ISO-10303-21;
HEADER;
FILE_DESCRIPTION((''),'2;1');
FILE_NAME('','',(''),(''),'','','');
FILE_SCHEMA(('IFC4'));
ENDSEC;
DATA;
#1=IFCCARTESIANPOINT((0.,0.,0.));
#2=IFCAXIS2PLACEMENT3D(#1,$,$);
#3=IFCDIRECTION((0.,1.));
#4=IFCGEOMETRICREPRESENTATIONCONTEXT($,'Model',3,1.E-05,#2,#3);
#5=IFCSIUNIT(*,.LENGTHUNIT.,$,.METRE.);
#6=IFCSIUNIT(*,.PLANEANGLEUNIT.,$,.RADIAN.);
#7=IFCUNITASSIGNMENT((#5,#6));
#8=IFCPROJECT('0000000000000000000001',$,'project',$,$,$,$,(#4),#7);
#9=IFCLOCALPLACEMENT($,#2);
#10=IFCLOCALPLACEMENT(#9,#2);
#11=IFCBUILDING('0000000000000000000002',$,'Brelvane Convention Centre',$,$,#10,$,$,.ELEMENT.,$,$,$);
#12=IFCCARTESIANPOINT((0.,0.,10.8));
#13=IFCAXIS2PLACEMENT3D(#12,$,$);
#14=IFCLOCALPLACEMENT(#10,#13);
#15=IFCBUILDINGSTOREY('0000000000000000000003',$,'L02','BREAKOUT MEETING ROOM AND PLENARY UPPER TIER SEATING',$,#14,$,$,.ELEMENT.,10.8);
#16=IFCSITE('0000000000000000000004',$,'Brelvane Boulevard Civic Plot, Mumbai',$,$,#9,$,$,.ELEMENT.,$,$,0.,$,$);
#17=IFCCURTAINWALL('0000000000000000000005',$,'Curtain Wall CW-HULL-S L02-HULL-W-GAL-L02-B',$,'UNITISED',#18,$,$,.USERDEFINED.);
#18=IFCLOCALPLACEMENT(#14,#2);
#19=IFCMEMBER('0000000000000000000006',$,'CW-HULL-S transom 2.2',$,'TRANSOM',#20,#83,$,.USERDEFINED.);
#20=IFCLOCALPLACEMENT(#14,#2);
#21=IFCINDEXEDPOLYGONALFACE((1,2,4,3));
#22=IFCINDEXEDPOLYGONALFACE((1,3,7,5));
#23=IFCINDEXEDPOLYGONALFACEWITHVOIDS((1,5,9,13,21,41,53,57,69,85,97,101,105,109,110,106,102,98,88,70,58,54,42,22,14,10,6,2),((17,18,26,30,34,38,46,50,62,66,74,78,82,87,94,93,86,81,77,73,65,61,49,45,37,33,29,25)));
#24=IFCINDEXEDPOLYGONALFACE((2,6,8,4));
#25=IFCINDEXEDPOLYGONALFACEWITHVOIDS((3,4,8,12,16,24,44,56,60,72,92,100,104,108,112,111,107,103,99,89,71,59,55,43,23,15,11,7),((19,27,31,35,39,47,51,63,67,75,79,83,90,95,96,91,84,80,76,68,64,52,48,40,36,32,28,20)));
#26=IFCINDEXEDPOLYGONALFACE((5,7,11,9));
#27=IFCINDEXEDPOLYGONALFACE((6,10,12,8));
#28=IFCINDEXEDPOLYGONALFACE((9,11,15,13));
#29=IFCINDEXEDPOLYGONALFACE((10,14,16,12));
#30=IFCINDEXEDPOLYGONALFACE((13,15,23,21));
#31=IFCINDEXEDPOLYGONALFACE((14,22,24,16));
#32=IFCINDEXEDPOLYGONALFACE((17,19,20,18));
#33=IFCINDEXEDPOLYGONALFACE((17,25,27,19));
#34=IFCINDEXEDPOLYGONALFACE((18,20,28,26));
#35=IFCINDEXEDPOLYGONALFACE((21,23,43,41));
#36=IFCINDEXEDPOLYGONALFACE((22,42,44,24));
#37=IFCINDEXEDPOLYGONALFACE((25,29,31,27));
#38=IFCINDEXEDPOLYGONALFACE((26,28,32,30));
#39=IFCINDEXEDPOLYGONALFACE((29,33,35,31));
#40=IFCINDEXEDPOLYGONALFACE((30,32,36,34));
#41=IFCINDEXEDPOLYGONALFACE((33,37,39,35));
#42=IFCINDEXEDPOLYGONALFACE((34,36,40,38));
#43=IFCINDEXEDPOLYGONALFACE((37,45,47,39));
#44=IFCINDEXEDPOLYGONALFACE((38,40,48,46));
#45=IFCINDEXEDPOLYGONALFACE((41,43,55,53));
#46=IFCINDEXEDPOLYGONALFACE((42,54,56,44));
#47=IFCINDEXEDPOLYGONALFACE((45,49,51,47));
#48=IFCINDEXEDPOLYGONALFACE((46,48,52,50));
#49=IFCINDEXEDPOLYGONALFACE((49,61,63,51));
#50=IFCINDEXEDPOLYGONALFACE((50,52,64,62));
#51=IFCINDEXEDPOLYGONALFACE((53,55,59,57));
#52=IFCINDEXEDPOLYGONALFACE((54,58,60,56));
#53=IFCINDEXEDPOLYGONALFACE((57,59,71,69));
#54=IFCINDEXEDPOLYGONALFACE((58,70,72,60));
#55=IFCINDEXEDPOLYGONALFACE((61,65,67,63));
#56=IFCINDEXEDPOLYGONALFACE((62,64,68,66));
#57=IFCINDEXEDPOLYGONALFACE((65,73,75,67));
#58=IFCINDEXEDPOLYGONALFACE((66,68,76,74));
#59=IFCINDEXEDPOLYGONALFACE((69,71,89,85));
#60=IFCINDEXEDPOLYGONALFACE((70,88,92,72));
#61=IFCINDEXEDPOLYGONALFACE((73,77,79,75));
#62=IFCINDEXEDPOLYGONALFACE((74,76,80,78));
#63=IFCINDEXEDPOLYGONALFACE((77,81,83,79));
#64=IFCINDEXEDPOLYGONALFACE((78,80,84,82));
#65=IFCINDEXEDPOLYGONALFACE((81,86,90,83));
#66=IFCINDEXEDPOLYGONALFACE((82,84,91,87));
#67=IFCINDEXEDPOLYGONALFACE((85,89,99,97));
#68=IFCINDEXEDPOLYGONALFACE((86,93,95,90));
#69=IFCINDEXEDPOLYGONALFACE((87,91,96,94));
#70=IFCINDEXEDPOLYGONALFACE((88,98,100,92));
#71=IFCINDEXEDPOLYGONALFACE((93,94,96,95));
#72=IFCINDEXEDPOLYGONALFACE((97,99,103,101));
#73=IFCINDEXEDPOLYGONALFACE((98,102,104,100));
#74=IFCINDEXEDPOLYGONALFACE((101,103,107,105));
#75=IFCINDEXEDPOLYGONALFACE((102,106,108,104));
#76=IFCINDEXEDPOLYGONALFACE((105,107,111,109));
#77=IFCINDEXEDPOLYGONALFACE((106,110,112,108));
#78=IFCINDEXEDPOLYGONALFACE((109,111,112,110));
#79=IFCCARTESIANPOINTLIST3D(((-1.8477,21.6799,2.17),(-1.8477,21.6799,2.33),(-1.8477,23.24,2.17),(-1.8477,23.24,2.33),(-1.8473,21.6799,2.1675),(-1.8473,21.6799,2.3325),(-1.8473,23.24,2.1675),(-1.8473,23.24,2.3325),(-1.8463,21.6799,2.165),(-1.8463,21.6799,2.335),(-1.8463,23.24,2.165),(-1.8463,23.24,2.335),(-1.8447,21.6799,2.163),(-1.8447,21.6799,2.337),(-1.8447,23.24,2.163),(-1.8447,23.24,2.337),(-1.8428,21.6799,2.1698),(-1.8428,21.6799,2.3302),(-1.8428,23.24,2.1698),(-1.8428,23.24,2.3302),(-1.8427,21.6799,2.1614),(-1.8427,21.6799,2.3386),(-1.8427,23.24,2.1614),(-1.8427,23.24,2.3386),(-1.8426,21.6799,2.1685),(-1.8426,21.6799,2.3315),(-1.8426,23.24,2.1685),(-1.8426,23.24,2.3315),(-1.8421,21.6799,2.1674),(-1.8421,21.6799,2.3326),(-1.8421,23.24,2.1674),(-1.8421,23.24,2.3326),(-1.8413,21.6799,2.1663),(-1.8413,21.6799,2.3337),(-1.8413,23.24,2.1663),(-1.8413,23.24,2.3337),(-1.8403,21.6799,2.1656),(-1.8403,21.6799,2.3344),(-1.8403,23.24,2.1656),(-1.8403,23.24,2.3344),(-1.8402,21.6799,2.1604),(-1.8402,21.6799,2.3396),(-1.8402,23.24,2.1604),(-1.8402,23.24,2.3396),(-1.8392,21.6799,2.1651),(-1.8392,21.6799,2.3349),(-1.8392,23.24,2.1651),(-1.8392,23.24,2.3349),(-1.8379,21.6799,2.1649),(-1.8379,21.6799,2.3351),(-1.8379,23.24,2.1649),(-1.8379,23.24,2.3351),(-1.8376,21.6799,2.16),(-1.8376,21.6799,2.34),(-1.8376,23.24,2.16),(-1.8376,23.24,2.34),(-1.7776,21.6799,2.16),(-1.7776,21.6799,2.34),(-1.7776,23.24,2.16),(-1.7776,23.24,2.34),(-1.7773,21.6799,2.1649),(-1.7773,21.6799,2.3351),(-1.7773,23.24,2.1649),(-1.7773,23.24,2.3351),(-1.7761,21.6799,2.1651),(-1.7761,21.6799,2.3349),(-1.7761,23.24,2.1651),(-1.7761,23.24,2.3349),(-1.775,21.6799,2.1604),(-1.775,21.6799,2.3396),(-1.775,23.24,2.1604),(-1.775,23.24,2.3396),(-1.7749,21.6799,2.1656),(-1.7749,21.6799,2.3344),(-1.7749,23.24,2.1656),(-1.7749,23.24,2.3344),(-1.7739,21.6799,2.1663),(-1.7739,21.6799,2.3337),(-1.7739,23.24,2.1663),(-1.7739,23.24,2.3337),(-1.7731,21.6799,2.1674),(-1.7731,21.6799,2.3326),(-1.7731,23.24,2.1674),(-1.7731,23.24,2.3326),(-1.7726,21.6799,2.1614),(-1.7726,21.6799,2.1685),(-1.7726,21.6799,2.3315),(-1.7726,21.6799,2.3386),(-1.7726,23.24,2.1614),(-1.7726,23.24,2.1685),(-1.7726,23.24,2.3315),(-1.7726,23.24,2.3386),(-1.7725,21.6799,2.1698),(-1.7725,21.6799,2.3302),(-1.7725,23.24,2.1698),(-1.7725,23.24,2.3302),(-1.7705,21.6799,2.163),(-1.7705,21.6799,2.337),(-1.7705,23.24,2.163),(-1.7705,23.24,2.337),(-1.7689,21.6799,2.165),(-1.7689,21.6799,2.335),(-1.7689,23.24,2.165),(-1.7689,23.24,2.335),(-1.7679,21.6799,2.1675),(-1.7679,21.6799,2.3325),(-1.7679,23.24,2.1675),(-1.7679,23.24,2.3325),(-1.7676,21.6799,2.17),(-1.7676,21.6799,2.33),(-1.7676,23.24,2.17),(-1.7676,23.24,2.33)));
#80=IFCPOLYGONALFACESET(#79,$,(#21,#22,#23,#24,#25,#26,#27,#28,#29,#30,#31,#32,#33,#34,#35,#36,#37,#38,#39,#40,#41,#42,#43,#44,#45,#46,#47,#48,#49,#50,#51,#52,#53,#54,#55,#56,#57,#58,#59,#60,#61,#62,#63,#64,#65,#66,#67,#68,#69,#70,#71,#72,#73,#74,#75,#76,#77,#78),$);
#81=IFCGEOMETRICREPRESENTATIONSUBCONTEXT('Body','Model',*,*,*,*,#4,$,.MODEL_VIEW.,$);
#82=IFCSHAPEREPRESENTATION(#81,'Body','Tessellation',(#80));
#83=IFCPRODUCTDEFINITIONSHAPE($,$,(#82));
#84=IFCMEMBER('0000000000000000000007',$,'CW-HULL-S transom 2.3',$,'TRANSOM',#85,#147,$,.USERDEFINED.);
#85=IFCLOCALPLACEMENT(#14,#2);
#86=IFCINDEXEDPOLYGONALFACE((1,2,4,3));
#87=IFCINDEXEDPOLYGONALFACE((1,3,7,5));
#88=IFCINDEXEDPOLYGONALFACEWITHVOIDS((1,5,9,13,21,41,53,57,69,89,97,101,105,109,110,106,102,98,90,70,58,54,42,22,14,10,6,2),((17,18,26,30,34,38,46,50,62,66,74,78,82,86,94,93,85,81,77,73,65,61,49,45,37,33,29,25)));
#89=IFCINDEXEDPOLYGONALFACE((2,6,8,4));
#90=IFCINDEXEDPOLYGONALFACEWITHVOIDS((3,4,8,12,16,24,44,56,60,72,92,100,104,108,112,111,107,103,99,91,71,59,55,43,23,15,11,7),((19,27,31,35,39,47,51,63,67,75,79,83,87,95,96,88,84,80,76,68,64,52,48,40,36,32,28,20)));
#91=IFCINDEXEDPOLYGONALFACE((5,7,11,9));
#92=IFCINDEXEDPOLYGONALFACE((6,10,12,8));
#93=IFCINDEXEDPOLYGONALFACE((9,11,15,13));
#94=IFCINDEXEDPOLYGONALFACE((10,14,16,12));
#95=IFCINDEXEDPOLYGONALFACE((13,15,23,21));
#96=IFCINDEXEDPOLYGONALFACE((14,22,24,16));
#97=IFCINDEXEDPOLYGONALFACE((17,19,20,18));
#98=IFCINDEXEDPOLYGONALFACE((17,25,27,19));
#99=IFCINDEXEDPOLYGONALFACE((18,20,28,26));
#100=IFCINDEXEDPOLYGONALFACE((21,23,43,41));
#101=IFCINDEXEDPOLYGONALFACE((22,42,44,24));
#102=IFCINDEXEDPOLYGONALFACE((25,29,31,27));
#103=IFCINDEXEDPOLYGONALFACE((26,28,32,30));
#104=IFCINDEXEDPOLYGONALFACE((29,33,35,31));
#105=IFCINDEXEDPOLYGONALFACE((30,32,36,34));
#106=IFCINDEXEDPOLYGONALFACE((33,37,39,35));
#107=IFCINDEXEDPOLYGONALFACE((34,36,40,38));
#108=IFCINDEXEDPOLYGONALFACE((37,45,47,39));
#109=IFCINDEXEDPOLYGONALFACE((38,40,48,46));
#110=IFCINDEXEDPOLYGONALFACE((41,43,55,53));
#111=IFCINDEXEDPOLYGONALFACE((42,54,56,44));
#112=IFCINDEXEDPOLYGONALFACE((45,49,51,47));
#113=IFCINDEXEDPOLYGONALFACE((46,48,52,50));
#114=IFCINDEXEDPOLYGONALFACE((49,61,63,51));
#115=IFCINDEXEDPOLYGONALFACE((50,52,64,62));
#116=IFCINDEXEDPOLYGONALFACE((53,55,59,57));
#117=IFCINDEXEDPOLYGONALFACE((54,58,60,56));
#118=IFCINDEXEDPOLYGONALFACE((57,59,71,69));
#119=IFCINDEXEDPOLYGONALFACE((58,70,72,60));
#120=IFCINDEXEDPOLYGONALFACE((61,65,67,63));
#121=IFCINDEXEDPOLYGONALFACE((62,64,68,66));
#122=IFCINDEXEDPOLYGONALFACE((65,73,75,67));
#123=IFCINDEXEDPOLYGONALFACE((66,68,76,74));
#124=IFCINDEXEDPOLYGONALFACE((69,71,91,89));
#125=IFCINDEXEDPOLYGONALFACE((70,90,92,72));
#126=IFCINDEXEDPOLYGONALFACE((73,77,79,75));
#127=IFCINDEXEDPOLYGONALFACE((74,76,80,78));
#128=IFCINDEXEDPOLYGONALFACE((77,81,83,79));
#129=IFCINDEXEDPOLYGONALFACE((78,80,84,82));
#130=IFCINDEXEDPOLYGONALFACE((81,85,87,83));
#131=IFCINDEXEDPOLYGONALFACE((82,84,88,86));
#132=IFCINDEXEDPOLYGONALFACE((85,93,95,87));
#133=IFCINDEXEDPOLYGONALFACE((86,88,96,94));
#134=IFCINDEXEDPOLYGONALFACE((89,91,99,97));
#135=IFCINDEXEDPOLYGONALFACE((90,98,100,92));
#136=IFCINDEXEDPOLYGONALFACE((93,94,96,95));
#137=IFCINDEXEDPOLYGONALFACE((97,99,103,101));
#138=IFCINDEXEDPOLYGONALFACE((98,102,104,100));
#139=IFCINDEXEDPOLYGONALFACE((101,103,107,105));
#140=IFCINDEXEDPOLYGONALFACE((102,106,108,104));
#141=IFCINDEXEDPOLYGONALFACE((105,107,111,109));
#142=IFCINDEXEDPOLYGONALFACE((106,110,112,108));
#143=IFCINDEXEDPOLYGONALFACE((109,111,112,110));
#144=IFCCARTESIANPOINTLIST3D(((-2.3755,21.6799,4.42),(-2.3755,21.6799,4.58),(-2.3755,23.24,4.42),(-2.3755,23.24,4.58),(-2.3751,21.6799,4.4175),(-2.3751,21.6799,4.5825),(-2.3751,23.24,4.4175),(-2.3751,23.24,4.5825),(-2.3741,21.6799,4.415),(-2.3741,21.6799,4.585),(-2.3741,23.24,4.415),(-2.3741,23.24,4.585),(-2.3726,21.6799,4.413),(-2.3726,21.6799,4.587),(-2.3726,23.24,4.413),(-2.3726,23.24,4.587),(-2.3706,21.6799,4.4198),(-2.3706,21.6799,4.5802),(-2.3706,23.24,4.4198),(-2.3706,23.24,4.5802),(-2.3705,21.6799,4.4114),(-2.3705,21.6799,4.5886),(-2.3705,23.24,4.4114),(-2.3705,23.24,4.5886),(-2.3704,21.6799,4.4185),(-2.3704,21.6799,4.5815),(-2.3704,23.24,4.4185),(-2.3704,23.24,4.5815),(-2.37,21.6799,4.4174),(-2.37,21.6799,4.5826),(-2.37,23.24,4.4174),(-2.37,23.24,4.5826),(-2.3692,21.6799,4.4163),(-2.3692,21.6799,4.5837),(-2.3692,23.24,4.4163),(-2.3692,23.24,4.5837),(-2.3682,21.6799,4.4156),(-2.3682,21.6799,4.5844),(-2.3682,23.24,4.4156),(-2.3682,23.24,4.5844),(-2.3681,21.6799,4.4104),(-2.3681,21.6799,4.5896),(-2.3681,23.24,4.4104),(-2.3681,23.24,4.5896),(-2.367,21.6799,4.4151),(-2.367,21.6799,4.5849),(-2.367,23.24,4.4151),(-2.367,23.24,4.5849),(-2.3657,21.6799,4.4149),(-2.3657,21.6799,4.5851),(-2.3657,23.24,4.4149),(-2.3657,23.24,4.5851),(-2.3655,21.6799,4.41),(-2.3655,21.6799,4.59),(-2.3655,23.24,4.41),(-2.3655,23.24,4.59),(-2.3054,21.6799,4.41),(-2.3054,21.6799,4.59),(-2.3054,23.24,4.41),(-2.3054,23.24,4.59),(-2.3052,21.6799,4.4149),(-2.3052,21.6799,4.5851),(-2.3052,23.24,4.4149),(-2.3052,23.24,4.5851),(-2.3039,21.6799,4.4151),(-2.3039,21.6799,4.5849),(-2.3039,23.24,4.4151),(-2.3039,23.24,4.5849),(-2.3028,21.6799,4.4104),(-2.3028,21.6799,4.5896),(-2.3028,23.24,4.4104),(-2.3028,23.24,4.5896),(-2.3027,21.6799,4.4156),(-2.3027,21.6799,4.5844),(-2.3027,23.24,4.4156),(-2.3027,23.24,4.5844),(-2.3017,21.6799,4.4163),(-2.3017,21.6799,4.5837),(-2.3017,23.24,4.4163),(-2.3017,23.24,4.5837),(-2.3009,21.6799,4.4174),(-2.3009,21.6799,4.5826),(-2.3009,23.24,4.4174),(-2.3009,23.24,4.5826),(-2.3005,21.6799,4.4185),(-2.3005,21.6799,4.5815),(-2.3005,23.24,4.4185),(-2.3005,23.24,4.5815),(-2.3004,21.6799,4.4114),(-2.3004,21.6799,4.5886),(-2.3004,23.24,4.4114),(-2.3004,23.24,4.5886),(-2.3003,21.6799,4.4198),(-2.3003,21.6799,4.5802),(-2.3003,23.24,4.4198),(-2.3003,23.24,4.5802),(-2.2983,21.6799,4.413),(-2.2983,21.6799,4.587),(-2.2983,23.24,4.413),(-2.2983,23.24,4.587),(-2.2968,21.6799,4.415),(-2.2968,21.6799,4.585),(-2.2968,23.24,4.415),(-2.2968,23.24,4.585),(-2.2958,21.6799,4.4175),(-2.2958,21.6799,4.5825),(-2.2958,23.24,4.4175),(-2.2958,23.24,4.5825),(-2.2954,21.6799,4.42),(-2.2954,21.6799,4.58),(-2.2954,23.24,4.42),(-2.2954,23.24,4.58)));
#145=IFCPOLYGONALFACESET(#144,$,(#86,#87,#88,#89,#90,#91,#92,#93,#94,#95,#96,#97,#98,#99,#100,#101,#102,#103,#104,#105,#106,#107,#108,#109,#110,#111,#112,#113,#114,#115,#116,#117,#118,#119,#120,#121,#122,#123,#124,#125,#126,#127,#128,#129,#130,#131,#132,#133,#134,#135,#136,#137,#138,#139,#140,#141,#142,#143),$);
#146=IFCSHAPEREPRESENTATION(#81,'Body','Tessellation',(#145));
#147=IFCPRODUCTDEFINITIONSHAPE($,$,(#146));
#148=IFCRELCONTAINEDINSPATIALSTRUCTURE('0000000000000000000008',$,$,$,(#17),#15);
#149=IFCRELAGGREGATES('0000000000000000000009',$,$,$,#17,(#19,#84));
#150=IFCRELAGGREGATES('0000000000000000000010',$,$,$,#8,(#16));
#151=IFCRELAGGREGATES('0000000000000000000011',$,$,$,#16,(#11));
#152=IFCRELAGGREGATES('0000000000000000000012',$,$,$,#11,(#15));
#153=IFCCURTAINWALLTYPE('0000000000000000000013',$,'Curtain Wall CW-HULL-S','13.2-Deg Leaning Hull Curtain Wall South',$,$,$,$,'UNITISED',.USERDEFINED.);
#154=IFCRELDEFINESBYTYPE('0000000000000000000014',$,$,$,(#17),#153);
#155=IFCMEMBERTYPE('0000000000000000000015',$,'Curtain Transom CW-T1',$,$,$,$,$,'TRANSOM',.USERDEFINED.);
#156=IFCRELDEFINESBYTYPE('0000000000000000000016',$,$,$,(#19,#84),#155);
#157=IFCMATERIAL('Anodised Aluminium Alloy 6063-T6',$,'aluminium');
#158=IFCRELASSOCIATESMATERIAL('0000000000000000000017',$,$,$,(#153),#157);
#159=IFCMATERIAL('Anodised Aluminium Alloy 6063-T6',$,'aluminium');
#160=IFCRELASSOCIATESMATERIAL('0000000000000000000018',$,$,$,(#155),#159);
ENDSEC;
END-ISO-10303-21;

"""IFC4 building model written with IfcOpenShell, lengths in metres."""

from ifc_helpers import new_model, si_unit, direction, frame, origin, origin_2d, place, context, subcontext, project, spatial, hollow_rectangle, extrude, material, material_profile, profile_set, type_object, element, aggregate, save


model = new_model("IFC4")

# Units and contexts
model_context = context("Model", 3, precision=1e-05, world=origin(), true_north=direction((0.0, 1.0)))
body_context = subcontext(model_context, "Body", "Model", "MODEL_VIEW")
ifc_project = project(units=[si_unit("LENGTHUNIT", "METRE"), si_unit("PLANEANGLEUNIT", "RADIAN")], contexts=[model_context])

# Site, building, storey
site_placement = place(None, origin())
site = spatial("IfcSite", under=ifc_project, at=site_placement, Name="Brelvane Boulevard Civic Plot, Mumbai", CompositionType="ELEMENT", RefElevation=0.0)
building_placement = place(site_placement, origin())
building = spatial("IfcBuilding", under=site, at=building_placement, Name="Brelvane Convention Centre", CompositionType="ELEMENT")
storey_placement = place(building_placement, frame((0.0, 0.0, 10.8)))
storey = spatial("IfcBuildingStorey", under=building, at=storey_placement, Name="L02", Description="BREAKOUT MEETING ROOM AND PLENARY UPPER TIER SEATING", CompositionType="ELEMENT", Elevation=10.8)

# Curtain wall, members
ifc_material_1 = material(Name="Anodised Aluminium Alloy 6063-T6", Category="aluminium")
curtain_wall_type = type_object("IfcCurtainWallType", Name="Curtain Wall CW-HULL-S", Description="13.2-Deg Leaning Hull Curtain Wall South", ElementType="UNITISED", PredefinedType="USERDEFINED", material=ifc_material_1)
curtain_wall_placement = place(storey_placement, origin())
curtain_wall = element("IfcCurtainWall", 1, at=curtain_wall_placement, inside=storey, type_object=curtain_wall_type, Name="Curtain Wall CW-HULL-S L02-HULL-W-GAL-L02-B", ObjectType="UNITISED", PredefinedType="USERDEFINED")
ifc_material_2 = material(Name="Anodised Aluminium Alloy 6063-T6", Category="aluminium")
ifc_material_profile = material_profile(ifc_material_2, hollow_rectangle(XDim=0.0801, YDim=0.1799, WallThickness=0.0049, InnerFilletRadius=0.0049, OuterFilletRadius=0.01, at=origin_2d()), Name="ALU-T 180x80x5.0")
ifc_profile_set = profile_set([ifc_material_profile], Name="Anodised Aluminium Alloy 6063-T6")
member_type = type_object("IfcMemberType", Name="Curtain Transom CW-T1", ElementType="TRANSOM", PredefinedType="USERDEFINED", material=ifc_profile_set)
member_1_placement = place(storey_placement, frame((-1.8076, 21.6799, 2.25), z_axis=(0.0, 1.0, 0.0), x_axis=(-1.0, 0.0, 0.0)))
member_1 = element("IfcMember", 2, at=member_1_placement, type_object=member_type, Name="CW-HULL-S transom 2.2", ObjectType="TRANSOM", PredefinedType="USERDEFINED", context=body_context, shape_type="SweptSolid", body=[
    extrude(hollow_rectangle(XDim=0.0801, YDim=0.1799, WallThickness=0.0049, InnerFilletRadius=0.0049, OuterFilletRadius=0.01, at=origin_2d()), origin(), (0.0, 0.0, 1.0), 1.5601),
])
member_2_placement = place(storey_placement, frame((-2.3354, 21.6799, 4.5), z_axis=(0.0, 1.0, 0.0), x_axis=(-1.0, 0.0, 0.0)))
member_2 = element("IfcMember", 3, at=member_2_placement, type_object=member_type, Name="CW-HULL-S transom 2.3", ObjectType="TRANSOM", PredefinedType="USERDEFINED", context=body_context, shape_type="SweptSolid", body=[
    extrude(hollow_rectangle(XDim=0.0801, YDim=0.1799, WallThickness=0.0049, InnerFilletRadius=0.0049, OuterFilletRadius=0.01, at=origin_2d()), origin(), (0.0, 0.0, 1.0), 1.5601),
])
aggregate(curtain_wall, [member_1, member_2])

save(model, "model.ifc")
